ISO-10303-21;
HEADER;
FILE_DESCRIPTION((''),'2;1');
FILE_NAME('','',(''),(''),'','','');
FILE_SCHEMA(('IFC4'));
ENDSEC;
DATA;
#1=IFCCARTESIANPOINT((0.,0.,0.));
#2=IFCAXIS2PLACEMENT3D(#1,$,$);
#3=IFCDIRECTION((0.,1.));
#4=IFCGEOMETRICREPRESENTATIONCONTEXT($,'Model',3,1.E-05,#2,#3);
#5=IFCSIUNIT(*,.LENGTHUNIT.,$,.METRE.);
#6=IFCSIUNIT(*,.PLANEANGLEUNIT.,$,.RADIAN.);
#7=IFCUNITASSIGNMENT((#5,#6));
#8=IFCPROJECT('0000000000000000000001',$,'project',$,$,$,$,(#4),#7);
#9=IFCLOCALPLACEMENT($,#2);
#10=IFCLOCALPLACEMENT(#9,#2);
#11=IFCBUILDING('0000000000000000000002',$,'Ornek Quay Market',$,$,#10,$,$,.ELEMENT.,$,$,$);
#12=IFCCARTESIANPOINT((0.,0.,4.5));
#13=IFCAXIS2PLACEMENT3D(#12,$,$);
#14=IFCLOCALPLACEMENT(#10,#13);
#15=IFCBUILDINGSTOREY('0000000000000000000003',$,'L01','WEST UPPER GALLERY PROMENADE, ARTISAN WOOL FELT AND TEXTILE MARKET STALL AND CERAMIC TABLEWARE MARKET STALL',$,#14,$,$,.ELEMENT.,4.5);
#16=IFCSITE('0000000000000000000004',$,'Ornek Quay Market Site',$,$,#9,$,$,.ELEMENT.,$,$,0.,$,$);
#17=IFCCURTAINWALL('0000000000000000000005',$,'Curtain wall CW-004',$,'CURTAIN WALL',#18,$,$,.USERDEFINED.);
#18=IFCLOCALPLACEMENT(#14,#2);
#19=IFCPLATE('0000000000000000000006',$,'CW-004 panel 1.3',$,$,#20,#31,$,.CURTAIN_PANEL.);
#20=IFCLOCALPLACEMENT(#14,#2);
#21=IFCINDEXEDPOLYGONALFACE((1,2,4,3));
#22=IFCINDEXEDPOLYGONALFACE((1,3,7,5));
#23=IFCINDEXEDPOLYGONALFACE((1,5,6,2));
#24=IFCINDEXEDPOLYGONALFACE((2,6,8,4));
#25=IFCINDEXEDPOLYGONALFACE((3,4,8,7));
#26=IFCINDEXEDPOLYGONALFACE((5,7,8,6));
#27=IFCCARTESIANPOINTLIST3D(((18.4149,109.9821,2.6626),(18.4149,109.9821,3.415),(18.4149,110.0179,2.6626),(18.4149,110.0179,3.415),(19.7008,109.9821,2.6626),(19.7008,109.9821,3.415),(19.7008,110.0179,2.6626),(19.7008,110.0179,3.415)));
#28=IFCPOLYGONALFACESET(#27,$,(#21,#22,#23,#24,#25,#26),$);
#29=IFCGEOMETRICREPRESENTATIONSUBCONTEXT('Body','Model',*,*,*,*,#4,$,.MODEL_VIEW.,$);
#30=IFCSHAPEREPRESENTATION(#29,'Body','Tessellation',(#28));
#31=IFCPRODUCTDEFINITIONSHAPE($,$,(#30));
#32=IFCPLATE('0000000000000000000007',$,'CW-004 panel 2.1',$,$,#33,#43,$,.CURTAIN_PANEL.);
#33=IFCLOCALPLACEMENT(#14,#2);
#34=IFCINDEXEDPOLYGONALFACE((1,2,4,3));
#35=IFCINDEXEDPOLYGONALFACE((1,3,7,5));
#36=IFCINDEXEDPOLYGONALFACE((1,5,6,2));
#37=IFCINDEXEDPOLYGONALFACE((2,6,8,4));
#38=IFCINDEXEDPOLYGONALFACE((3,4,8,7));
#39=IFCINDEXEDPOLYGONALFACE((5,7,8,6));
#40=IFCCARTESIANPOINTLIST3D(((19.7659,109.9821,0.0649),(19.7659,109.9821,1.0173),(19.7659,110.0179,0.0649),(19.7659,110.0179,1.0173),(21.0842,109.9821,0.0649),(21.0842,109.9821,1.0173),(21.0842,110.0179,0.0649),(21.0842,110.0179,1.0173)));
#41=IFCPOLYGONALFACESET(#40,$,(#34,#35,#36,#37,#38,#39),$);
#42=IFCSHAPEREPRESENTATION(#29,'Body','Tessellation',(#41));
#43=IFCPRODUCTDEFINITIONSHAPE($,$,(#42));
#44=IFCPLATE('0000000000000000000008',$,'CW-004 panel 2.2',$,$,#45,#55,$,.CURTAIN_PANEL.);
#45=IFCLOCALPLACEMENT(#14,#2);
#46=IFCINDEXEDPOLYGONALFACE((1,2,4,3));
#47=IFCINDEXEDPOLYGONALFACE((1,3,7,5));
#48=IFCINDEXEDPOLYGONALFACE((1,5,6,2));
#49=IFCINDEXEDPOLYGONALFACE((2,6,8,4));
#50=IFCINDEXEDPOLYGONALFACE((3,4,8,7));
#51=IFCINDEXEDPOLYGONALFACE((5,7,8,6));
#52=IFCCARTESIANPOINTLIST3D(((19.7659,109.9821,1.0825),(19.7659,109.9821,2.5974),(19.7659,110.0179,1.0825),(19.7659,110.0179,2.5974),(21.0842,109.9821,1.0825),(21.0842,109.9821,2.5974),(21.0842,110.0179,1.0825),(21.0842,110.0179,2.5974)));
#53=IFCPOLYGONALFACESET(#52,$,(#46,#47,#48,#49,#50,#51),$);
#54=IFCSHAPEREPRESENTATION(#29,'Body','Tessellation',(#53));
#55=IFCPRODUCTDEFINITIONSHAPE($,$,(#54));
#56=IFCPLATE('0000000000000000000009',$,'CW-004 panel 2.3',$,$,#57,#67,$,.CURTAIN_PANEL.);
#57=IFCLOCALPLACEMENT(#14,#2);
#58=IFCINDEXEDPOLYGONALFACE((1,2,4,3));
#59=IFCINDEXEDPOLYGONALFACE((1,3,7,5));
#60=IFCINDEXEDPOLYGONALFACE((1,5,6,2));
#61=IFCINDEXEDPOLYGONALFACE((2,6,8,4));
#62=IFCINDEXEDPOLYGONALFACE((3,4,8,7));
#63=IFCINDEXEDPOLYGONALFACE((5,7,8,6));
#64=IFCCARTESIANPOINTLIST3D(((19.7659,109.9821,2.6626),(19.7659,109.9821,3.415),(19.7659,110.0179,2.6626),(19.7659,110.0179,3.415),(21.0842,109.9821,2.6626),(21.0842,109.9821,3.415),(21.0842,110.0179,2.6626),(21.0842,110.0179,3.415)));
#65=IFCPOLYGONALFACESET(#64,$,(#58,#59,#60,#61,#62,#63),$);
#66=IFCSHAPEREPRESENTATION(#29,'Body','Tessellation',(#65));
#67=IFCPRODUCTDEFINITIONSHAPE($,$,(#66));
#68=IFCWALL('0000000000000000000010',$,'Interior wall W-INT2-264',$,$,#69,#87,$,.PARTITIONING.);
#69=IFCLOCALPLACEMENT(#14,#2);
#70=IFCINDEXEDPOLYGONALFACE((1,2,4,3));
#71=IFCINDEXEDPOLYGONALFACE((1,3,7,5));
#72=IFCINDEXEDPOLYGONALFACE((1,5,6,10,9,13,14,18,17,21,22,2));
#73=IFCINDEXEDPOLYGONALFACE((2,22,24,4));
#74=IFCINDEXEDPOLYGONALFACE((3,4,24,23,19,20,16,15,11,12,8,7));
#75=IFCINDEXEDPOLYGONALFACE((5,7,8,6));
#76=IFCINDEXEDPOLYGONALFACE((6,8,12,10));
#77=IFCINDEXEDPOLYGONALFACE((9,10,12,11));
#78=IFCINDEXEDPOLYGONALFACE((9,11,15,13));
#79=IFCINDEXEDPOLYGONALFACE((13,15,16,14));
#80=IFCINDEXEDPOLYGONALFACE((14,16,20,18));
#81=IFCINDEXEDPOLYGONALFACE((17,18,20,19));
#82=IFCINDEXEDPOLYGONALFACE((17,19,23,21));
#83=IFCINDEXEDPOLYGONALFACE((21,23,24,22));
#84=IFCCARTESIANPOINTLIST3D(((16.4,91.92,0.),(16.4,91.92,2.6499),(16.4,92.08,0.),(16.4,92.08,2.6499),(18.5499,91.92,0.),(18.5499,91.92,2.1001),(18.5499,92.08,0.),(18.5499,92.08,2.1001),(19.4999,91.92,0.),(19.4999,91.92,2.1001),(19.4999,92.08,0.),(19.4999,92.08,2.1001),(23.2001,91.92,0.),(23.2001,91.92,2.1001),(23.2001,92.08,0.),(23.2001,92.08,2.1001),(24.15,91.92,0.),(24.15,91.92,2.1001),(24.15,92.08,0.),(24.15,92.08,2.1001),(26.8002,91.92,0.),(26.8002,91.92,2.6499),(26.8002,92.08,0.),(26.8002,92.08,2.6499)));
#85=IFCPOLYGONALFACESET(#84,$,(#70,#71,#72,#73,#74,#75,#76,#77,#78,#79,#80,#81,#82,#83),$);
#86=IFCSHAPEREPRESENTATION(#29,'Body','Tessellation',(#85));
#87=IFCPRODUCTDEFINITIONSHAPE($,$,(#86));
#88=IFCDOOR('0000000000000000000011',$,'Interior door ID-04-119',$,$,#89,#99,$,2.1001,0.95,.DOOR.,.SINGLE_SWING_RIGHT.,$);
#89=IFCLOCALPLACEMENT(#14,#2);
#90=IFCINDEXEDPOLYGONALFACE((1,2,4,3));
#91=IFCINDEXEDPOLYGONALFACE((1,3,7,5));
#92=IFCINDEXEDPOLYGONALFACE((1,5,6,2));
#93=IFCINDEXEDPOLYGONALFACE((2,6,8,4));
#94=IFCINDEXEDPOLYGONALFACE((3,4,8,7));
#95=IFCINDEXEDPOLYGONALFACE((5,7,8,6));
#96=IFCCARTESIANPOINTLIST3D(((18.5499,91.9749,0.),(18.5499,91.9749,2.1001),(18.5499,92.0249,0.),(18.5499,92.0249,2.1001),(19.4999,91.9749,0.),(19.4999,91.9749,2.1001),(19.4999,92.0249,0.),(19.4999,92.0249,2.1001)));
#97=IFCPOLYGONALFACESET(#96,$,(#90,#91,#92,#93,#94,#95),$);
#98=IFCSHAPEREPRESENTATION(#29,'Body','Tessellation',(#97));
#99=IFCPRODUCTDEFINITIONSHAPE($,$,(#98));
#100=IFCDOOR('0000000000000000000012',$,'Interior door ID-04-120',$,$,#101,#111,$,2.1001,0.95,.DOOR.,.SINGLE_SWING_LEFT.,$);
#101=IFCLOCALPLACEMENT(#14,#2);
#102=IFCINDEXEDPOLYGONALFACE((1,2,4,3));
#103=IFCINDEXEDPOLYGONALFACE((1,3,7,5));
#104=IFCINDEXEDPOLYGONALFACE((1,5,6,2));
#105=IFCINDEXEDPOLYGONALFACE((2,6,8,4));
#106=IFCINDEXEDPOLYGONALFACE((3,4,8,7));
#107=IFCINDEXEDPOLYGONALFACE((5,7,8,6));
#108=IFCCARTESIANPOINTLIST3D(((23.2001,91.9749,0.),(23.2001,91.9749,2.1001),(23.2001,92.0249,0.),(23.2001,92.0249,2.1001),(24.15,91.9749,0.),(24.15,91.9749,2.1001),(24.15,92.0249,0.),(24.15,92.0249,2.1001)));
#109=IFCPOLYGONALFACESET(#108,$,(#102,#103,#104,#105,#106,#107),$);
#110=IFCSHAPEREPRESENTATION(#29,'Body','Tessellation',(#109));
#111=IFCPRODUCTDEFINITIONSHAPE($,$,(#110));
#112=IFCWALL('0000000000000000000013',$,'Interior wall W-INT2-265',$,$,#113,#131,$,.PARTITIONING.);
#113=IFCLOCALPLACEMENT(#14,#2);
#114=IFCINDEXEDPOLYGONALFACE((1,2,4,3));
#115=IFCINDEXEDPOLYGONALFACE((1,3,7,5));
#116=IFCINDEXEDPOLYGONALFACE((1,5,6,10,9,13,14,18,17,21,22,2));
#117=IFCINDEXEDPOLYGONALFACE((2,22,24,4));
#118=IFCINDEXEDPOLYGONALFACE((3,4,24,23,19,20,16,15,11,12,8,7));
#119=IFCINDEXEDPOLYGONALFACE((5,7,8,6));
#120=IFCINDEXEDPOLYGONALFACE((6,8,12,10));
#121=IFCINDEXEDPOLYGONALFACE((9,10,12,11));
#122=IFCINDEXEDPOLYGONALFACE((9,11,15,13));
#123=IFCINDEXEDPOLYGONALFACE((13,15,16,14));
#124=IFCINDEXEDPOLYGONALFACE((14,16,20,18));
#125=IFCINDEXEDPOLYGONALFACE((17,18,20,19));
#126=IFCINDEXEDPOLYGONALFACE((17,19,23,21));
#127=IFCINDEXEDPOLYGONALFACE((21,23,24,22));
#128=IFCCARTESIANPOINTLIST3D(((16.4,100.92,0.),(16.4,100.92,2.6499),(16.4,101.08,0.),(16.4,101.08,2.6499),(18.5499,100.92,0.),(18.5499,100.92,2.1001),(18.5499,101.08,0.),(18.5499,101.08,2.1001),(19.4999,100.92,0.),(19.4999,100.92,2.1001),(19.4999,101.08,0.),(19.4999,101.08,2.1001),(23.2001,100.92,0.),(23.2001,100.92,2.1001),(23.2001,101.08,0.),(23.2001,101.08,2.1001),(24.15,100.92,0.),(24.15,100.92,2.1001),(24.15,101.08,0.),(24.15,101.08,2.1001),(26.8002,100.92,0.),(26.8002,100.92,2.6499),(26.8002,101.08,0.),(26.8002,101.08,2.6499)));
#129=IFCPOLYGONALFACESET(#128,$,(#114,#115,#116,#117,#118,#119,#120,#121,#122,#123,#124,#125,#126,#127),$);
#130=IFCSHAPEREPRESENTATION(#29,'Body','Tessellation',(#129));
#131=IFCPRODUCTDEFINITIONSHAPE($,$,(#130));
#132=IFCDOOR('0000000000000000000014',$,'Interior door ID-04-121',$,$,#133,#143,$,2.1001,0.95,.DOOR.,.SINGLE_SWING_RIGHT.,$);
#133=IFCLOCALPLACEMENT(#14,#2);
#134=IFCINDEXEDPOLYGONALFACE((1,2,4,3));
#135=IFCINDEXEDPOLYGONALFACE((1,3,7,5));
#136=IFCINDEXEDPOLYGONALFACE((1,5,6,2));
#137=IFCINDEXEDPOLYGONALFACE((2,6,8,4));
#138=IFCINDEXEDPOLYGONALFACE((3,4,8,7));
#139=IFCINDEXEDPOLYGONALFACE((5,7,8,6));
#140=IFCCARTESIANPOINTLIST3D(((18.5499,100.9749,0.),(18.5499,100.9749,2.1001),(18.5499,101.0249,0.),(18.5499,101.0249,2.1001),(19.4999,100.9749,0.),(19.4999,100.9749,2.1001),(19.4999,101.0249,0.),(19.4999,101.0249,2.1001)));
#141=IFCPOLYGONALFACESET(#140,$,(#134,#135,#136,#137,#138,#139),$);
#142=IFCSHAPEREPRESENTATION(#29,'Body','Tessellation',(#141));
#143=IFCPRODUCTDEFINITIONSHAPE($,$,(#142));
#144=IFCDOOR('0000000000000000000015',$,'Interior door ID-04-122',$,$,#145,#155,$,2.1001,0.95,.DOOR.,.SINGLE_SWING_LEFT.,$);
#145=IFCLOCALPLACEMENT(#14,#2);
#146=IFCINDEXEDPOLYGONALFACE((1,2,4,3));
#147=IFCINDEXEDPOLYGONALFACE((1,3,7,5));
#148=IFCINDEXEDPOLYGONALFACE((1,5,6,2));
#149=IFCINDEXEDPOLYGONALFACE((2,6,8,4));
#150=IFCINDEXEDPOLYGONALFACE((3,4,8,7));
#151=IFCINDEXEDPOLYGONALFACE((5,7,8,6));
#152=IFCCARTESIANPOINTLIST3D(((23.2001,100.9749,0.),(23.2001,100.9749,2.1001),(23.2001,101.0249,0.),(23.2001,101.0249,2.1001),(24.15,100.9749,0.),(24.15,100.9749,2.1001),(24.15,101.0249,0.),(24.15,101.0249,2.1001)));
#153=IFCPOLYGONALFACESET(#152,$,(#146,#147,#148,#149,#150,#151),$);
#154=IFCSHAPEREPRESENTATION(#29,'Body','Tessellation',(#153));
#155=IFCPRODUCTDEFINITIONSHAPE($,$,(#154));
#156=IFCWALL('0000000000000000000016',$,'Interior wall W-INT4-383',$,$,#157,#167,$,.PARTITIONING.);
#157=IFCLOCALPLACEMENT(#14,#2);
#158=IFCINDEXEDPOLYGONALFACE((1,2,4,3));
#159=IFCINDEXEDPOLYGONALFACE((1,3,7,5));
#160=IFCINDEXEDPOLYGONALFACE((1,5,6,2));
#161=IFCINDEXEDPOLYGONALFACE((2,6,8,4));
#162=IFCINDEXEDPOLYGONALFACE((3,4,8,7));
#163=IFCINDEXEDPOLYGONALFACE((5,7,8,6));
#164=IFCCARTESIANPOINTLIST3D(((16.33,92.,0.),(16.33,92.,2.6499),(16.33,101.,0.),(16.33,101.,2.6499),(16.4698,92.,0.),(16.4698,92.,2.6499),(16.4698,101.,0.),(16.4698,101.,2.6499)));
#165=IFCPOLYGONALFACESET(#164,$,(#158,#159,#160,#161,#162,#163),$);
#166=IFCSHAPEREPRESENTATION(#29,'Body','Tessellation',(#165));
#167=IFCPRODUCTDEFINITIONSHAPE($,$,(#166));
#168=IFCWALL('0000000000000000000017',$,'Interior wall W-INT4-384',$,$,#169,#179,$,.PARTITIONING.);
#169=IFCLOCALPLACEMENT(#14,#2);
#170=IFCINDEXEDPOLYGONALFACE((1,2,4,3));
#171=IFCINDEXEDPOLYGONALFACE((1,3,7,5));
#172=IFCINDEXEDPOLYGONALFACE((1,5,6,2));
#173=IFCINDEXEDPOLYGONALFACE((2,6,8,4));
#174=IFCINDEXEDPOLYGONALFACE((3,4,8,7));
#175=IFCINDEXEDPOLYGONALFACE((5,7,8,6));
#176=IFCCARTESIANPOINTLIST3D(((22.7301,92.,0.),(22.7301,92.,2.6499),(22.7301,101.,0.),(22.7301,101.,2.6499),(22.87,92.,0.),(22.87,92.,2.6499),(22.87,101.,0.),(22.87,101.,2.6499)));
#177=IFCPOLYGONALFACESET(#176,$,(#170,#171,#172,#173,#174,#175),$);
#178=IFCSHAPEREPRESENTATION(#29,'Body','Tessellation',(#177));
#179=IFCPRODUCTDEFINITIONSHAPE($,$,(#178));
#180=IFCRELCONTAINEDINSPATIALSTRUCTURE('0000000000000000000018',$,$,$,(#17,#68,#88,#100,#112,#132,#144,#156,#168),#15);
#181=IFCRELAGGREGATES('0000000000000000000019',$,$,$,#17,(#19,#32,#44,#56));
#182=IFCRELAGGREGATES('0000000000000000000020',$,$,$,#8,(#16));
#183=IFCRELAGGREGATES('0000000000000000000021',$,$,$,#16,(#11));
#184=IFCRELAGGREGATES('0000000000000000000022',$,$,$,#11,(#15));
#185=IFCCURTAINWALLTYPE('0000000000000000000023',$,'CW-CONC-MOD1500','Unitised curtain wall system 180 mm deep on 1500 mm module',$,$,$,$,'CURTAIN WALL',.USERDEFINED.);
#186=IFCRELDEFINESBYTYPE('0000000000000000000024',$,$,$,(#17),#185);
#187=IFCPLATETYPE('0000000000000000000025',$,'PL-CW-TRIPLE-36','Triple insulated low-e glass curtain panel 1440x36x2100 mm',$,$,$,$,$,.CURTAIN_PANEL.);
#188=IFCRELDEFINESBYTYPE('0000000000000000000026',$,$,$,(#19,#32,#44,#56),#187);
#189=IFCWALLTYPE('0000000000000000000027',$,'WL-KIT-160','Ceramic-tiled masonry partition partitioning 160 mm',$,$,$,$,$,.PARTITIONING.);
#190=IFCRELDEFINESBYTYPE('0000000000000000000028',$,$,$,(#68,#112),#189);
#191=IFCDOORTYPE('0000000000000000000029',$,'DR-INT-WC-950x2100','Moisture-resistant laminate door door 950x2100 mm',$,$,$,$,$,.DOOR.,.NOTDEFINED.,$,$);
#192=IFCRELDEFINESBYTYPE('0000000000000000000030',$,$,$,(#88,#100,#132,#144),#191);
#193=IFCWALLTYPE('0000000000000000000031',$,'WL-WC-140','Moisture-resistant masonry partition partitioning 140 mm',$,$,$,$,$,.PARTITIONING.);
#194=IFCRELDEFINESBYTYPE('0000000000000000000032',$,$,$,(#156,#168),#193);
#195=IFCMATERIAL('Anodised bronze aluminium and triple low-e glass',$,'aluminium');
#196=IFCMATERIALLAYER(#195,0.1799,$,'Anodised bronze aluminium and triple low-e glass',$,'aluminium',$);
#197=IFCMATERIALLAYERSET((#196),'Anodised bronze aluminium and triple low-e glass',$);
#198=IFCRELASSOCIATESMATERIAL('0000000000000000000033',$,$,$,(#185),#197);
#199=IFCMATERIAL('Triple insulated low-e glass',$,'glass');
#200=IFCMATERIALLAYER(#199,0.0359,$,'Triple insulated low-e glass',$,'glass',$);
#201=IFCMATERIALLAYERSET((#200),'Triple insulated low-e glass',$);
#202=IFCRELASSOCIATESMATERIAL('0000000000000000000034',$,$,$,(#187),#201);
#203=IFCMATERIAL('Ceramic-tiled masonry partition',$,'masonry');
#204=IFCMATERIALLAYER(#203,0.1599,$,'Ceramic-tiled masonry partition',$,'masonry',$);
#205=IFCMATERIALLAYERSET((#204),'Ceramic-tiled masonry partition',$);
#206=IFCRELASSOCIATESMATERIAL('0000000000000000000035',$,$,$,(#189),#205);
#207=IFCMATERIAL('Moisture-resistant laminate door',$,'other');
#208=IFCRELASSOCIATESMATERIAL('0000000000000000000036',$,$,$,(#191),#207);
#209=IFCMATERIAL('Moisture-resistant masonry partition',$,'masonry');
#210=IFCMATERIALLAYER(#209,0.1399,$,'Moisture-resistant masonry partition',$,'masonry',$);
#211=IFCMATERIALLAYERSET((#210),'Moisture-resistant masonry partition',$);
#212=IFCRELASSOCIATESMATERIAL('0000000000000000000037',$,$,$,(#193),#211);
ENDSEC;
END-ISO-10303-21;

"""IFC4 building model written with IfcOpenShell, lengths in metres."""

from ifc_helpers import new_model, si_unit, direction, frame, frame_2d, origin, origin_2d, place, context, subcontext, project, spatial, rectangle, extrude, material, layer, layer_set, type_object, element, fill, aggregate, save


model = new_model("IFC4")

# Units and contexts
model_context = context("Model", 3, precision=1e-05, world=origin(), true_north=direction((0.0, 1.0)))
body_context = subcontext(model_context, "Body", "Model", "MODEL_VIEW")
ifc_project = project(units=[si_unit("LENGTHUNIT", "METRE"), si_unit("PLANEANGLEUNIT", "RADIAN")], contexts=[model_context])

# Site, building, storey
site_placement = place(None, origin())
site = spatial("IfcSite", under=ifc_project, at=site_placement, Name="Ornek Quay Market Site", CompositionType="ELEMENT", RefElevation=0.0)
building_placement = place(site_placement, origin())
building = spatial("IfcBuilding", under=site, at=building_placement, Name="Ornek Quay Market", CompositionType="ELEMENT")
storey_placement = place(building_placement, frame((0.0, 0.0, 4.5)))
storey = spatial("IfcBuildingStorey", under=building, at=storey_placement, Name="L01", Description="WEST UPPER GALLERY PROMENADE, ARTISAN WOOL FELT AND TEXTILE MARKET STALL AND CERAMIC TABLEWARE MARKET STALL", CompositionType="ELEMENT", Elevation=4.5)

# Curtain wall
ifc_material_1 = material(Name="Anodised bronze aluminium and triple low-e glass", Category="aluminium")
ifc_layer_1 = layer(ifc_material_1, 0.1799, Name="Anodised bronze aluminium and triple low-e glass", Category="aluminium")
ifc_layer_set_1 = layer_set([ifc_layer_1], Name="Anodised bronze aluminium and triple low-e glass")
curtain_wall_type = type_object("IfcCurtainWallType", Name="CW-CONC-MOD1500", Description="Unitised curtain wall system 180 mm deep on 1500 mm module", ElementType="CURTAIN WALL", PredefinedType="USERDEFINED", material=ifc_layer_set_1)
curtain_wall_1_placement = place(storey_placement, origin())
curtain_wall_1 = element("IfcCurtainWall", 1, at=curtain_wall_1_placement, inside=storey, type_object=curtain_wall_type, Name="Curtain wall CW-004", ObjectType="CURTAIN WALL", PredefinedType="USERDEFINED")

# Plates
ifc_material_2 = material(Name="Triple insulated low-e glass", Category="glass")
ifc_layer_2 = layer(ifc_material_2, 0.0359, Name="Triple insulated low-e glass", Category="glass")
ifc_layer_set_2 = layer_set([ifc_layer_2], Name="Triple insulated low-e glass")
plate_type = type_object("IfcPlateType", Name="PL-CW-TRIPLE-36", Description="Triple insulated low-e glass curtain panel 1440x36x2100 mm", PredefinedType="CURTAIN_PANEL", material=ifc_layer_set_2)
plate_1_placement = place(storey_placement, frame((19.0579, 110.0, 2.6626), z_axis=(0.0, 0.0, 1.0), x_axis=(1.0, 0.0, 0.0)))
plate_1 = element("IfcPlate", 2, at=plate_1_placement, type_object=plate_type, Name="CW-004 panel 1.3", PredefinedType="CURTAIN_PANEL", context=body_context, shape_type="SweptSolid", body=[
    extrude(rectangle(XDim=1.2859, YDim=0.0359, at=origin_2d()), origin(), (0.0, 0.0, 1.0), 0.7524),
])
plate_2_placement = place(storey_placement, frame((20.425, 110.0, 0.0649), z_axis=(0.0, 0.0, 1.0), x_axis=(1.0, 0.0, 0.0)))
plate_2 = element("IfcPlate", 3, at=plate_2_placement, type_object=plate_type, Name="CW-004 panel 2.1", PredefinedType="CURTAIN_PANEL", context=body_context, shape_type="SweptSolid", body=[
    extrude(rectangle(XDim=1.3184, YDim=0.0359, at=origin_2d()), origin(), (0.0, 0.0, 1.0), 0.9524),
])
plate_3_placement = place(storey_placement, frame((20.425, 110.0, 1.0825), z_axis=(0.0, 0.0, 1.0), x_axis=(1.0, 0.0, 0.0)))
plate_3 = element("IfcPlate", 4, at=plate_3_placement, type_object=plate_type, Name="CW-004 panel 2.2", PredefinedType="CURTAIN_PANEL", context=body_context, shape_type="SweptSolid", body=[
    extrude(rectangle(XDim=1.3184, YDim=0.0359, at=origin_2d()), origin(), (0.0, 0.0, 1.0), 1.5149),
])
plate_4_placement = place(storey_placement, frame((20.425, 110.0, 2.6626), z_axis=(0.0, 0.0, 1.0), x_axis=(1.0, 0.0, 0.0)))
plate_4 = element("IfcPlate", 5, at=plate_4_placement, type_object=plate_type, Name="CW-004 panel 2.3", PredefinedType="CURTAIN_PANEL", context=body_context, shape_type="SweptSolid", body=[
    extrude(rectangle(XDim=1.3184, YDim=0.0359, at=origin_2d()), origin(), (0.0, 0.0, 1.0), 0.7524),
])
aggregate(curtain_wall_1, [plate_1, plate_2, plate_3, plate_4])

# Walls, openings, doors
ifc_material_3 = material(Name="Ceramic-tiled masonry partition", Category="masonry")
ifc_layer_3 = layer(ifc_material_3, 0.1599, Name="Ceramic-tiled masonry partition", Category="masonry")
ifc_layer_set_3 = layer_set([ifc_layer_3], Name="Ceramic-tiled masonry partition")
wall_type_1 = type_object("IfcWallType", Name="WL-KIT-160", Description="Ceramic-tiled masonry partition partitioning 160 mm", PredefinedType="PARTITIONING", material=ifc_layer_set_3)
wall_1_placement = place(storey_placement, frame((16.3999, 92.0, 0.0), z_axis=(0.0, 0.0, 1.0), x_axis=(1.0, 0.0, 0.0)))
wall_1 = element("IfcWall", 6, at=wall_1_placement, inside=storey, type_object=wall_type_1, Name="Interior wall W-INT2-264", PredefinedType="PARTITIONING", context=body_context, shape_type="SweptSolid", body=[
    extrude(rectangle(XDim=10.4001, YDim=0.1599, at=frame_2d((5.2002, 0.0))), origin(), (0.0, 0.0, 1.0), 2.6499),
])
opening_1_placement = place(wall_1_placement, frame((2.1499, 0.0, 0.0)))
opening_1 = element("IfcOpeningElement", 7, at=opening_1_placement, cuts=wall_1, PredefinedType="OPENING", context=body_context, shape_type="SweptSolid", body=[
    extrude(rectangle(XDim=0.95, YDim=2.1001, at=frame_2d((0.4751, 1.05))), frame((0.0, 0.0898, 0.0), z_axis=(0.0, -1.0, 0.0), x_axis=(1.0, 0.0, 0.0)), (0.0, 0.0, 1.0), 0.1799),
])
opening_2_placement = place(wall_1_placement, frame((6.8, 0.0, 0.0)))
opening_2 = element("IfcOpeningElement", 8, at=opening_2_placement, cuts=wall_1, PredefinedType="OPENING", context=body_context, shape_type="SweptSolid", body=[
    extrude(rectangle(XDim=0.95, YDim=2.1001, at=frame_2d((0.4751, 1.05))), frame((0.0, 0.0898, 0.0), z_axis=(0.0, -1.0, 0.0), x_axis=(1.0, 0.0, 0.0)), (0.0, 0.0, 1.0), 0.1799),
])
ifc_material_4 = material(Name="Moisture-resistant laminate door", Category="other")
door_type = type_object("IfcDoorType", Name="DR-INT-WC-950x2100", Description="Moisture-resistant laminate door door 950x2100 mm", OperationType="NOTDEFINED", PredefinedType="DOOR", material=ifc_material_4)
door_1_placement = place(opening_1_placement, origin())
door_1 = element("IfcDoor", 9, at=door_1_placement, inside=storey, type_object=door_type, Name="Interior door ID-04-119", OperationType="SINGLE_SWING_RIGHT", OverallHeight=2.1001, OverallWidth=0.95, PredefinedType="DOOR", context=body_context, shape_type="SweptSolid", body=[
    extrude(rectangle(XDim=0.95, YDim=2.1001, at=frame_2d((0.4751, 1.05))), frame((0.0, 0.0249, 0.0), z_axis=(0.0, -1.0, 0.0), x_axis=(1.0, 0.0, 0.0)), (0.0, 0.0, 1.0), 0.05),
])
fill(opening_1, door_1)
door_2_placement = place(opening_2_placement, origin())
door_2 = element("IfcDoor", 10, at=door_2_placement, inside=storey, type_object=door_type, Name="Interior door ID-04-120", OperationType="SINGLE_SWING_LEFT", OverallHeight=2.1001, OverallWidth=0.95, PredefinedType="DOOR", context=body_context, shape_type="SweptSolid", body=[
    extrude(rectangle(XDim=0.95, YDim=2.1001, at=frame_2d((0.4751, 1.05))), frame((0.0, 0.0249, 0.0), z_axis=(0.0, -1.0, 0.0), x_axis=(1.0, 0.0, 0.0)), (0.0, 0.0, 1.0), 0.05),
])
fill(opening_2, door_2)
wall_2_placement = place(storey_placement, frame((16.3999, 101.0, 0.0), z_axis=(0.0, 0.0, 1.0), x_axis=(1.0, 0.0, 0.0)))
wall_2 = element("IfcWall", 11, at=wall_2_placement, inside=storey, type_object=wall_type_1, Name="Interior wall W-INT2-265", PredefinedType="PARTITIONING", context=body_context, shape_type="SweptSolid", body=[
    extrude(rectangle(XDim=10.4001, YDim=0.1599, at=frame_2d((5.2002, 0.0))), origin(), (0.0, 0.0, 1.0), 2.6499),
])
opening_3_placement = place(wall_2_placement, frame((2.1499, 0.0, 0.0)))
opening_3 = element("IfcOpeningElement", 12, at=opening_3_placement, cuts=wall_2, PredefinedType="OPENING", context=body_context, shape_type="SweptSolid", body=[
    extrude(rectangle(XDim=0.95, YDim=2.1001, at=frame_2d((0.4751, 1.05))), frame((0.0, 0.0898, 0.0), z_axis=(0.0, -1.0, 0.0), x_axis=(1.0, 0.0, 0.0)), (0.0, 0.0, 1.0), 0.1799),
])
opening_4_placement = place(wall_2_placement, frame((6.8, 0.0, 0.0)))
opening_4 = element("IfcOpeningElement", 13, at=opening_4_placement, cuts=wall_2, PredefinedType="OPENING", context=body_context, shape_type="SweptSolid", body=[
    extrude(rectangle(XDim=0.95, YDim=2.1001, at=frame_2d((0.4751, 1.05))), frame((0.0, 0.0898, 0.0), z_axis=(0.0, -1.0, 0.0), x_axis=(1.0, 0.0, 0.0)), (0.0, 0.0, 1.0), 0.1799),
])
door_3_placement = place(opening_3_placement, origin())
door_3 = element("IfcDoor", 14, at=door_3_placement, inside=storey, type_object=door_type, Name="Interior door ID-04-121", OperationType="SINGLE_SWING_RIGHT", OverallHeight=2.1001, OverallWidth=0.95, PredefinedType="DOOR", context=body_context, shape_type="SweptSolid", body=[
    extrude(rectangle(XDim=0.95, YDim=2.1001, at=frame_2d((0.4751, 1.05))), frame((0.0, 0.0249, 0.0), z_axis=(0.0, -1.0, 0.0), x_axis=(1.0, 0.0, 0.0)), (0.0, 0.0, 1.0), 0.05),
])
fill(opening_3, door_3)
door_4_placement = place(opening_4_placement, origin())
door_4 = element("IfcDoor", 15, at=door_4_placement, inside=storey, type_object=door_type, Name="Interior door ID-04-122", OperationType="SINGLE_SWING_LEFT", OverallHeight=2.1001, OverallWidth=0.95, PredefinedType="DOOR", context=body_context, shape_type="SweptSolid", body=[
    extrude(rectangle(XDim=0.95, YDim=2.1001, at=frame_2d((0.4751, 1.05))), frame((0.0, 0.0249, 0.0), z_axis=(0.0, -1.0, 0.0), x_axis=(1.0, 0.0, 0.0)), (0.0, 0.0, 1.0), 0.05),
])
fill(opening_4, door_4)

# Walls
ifc_material_5 = material(Name="Moisture-resistant masonry partition", Category="masonry")
ifc_layer_4 = layer(ifc_material_5, 0.1399, Name="Moisture-resistant masonry partition", Category="masonry")
ifc_layer_set_4 = layer_set([ifc_layer_4], Name="Moisture-resistant masonry partition")
wall_type_2 = type_object("IfcWallType", Name="WL-WC-140", Description="Moisture-resistant masonry partition partitioning 140 mm", PredefinedType="PARTITIONING", material=ifc_layer_set_4)
for number, where, z_axis, x_axis, name in (
    (16, (16.3999, 92.0, 0.0), (0.0, 0.0, 1.0), (0.0, 1.0, 0.0), "Interior wall W-INT4-383"),
    (17, (22.8, 92.0, 0.0), (0.0, 0.0, 1.0), (0.0, 1.0, 0.0), "Interior wall W-INT4-384"),
):
    element("IfcWall", number, at=place(storey_placement, frame(where, z_axis=z_axis, x_axis=x_axis)), inside=storey, type_object=wall_type_2, Name=name, PredefinedType="PARTITIONING", context=body_context, shape_type="SweptSolid", body=[
        extrude(rectangle(XDim=9.0, YDim=0.1399, at=frame_2d((4.5, 0.0))), origin(), (0.0, 0.0, 1.0), 2.6499),
    ])

save(model, "model.ifc")
